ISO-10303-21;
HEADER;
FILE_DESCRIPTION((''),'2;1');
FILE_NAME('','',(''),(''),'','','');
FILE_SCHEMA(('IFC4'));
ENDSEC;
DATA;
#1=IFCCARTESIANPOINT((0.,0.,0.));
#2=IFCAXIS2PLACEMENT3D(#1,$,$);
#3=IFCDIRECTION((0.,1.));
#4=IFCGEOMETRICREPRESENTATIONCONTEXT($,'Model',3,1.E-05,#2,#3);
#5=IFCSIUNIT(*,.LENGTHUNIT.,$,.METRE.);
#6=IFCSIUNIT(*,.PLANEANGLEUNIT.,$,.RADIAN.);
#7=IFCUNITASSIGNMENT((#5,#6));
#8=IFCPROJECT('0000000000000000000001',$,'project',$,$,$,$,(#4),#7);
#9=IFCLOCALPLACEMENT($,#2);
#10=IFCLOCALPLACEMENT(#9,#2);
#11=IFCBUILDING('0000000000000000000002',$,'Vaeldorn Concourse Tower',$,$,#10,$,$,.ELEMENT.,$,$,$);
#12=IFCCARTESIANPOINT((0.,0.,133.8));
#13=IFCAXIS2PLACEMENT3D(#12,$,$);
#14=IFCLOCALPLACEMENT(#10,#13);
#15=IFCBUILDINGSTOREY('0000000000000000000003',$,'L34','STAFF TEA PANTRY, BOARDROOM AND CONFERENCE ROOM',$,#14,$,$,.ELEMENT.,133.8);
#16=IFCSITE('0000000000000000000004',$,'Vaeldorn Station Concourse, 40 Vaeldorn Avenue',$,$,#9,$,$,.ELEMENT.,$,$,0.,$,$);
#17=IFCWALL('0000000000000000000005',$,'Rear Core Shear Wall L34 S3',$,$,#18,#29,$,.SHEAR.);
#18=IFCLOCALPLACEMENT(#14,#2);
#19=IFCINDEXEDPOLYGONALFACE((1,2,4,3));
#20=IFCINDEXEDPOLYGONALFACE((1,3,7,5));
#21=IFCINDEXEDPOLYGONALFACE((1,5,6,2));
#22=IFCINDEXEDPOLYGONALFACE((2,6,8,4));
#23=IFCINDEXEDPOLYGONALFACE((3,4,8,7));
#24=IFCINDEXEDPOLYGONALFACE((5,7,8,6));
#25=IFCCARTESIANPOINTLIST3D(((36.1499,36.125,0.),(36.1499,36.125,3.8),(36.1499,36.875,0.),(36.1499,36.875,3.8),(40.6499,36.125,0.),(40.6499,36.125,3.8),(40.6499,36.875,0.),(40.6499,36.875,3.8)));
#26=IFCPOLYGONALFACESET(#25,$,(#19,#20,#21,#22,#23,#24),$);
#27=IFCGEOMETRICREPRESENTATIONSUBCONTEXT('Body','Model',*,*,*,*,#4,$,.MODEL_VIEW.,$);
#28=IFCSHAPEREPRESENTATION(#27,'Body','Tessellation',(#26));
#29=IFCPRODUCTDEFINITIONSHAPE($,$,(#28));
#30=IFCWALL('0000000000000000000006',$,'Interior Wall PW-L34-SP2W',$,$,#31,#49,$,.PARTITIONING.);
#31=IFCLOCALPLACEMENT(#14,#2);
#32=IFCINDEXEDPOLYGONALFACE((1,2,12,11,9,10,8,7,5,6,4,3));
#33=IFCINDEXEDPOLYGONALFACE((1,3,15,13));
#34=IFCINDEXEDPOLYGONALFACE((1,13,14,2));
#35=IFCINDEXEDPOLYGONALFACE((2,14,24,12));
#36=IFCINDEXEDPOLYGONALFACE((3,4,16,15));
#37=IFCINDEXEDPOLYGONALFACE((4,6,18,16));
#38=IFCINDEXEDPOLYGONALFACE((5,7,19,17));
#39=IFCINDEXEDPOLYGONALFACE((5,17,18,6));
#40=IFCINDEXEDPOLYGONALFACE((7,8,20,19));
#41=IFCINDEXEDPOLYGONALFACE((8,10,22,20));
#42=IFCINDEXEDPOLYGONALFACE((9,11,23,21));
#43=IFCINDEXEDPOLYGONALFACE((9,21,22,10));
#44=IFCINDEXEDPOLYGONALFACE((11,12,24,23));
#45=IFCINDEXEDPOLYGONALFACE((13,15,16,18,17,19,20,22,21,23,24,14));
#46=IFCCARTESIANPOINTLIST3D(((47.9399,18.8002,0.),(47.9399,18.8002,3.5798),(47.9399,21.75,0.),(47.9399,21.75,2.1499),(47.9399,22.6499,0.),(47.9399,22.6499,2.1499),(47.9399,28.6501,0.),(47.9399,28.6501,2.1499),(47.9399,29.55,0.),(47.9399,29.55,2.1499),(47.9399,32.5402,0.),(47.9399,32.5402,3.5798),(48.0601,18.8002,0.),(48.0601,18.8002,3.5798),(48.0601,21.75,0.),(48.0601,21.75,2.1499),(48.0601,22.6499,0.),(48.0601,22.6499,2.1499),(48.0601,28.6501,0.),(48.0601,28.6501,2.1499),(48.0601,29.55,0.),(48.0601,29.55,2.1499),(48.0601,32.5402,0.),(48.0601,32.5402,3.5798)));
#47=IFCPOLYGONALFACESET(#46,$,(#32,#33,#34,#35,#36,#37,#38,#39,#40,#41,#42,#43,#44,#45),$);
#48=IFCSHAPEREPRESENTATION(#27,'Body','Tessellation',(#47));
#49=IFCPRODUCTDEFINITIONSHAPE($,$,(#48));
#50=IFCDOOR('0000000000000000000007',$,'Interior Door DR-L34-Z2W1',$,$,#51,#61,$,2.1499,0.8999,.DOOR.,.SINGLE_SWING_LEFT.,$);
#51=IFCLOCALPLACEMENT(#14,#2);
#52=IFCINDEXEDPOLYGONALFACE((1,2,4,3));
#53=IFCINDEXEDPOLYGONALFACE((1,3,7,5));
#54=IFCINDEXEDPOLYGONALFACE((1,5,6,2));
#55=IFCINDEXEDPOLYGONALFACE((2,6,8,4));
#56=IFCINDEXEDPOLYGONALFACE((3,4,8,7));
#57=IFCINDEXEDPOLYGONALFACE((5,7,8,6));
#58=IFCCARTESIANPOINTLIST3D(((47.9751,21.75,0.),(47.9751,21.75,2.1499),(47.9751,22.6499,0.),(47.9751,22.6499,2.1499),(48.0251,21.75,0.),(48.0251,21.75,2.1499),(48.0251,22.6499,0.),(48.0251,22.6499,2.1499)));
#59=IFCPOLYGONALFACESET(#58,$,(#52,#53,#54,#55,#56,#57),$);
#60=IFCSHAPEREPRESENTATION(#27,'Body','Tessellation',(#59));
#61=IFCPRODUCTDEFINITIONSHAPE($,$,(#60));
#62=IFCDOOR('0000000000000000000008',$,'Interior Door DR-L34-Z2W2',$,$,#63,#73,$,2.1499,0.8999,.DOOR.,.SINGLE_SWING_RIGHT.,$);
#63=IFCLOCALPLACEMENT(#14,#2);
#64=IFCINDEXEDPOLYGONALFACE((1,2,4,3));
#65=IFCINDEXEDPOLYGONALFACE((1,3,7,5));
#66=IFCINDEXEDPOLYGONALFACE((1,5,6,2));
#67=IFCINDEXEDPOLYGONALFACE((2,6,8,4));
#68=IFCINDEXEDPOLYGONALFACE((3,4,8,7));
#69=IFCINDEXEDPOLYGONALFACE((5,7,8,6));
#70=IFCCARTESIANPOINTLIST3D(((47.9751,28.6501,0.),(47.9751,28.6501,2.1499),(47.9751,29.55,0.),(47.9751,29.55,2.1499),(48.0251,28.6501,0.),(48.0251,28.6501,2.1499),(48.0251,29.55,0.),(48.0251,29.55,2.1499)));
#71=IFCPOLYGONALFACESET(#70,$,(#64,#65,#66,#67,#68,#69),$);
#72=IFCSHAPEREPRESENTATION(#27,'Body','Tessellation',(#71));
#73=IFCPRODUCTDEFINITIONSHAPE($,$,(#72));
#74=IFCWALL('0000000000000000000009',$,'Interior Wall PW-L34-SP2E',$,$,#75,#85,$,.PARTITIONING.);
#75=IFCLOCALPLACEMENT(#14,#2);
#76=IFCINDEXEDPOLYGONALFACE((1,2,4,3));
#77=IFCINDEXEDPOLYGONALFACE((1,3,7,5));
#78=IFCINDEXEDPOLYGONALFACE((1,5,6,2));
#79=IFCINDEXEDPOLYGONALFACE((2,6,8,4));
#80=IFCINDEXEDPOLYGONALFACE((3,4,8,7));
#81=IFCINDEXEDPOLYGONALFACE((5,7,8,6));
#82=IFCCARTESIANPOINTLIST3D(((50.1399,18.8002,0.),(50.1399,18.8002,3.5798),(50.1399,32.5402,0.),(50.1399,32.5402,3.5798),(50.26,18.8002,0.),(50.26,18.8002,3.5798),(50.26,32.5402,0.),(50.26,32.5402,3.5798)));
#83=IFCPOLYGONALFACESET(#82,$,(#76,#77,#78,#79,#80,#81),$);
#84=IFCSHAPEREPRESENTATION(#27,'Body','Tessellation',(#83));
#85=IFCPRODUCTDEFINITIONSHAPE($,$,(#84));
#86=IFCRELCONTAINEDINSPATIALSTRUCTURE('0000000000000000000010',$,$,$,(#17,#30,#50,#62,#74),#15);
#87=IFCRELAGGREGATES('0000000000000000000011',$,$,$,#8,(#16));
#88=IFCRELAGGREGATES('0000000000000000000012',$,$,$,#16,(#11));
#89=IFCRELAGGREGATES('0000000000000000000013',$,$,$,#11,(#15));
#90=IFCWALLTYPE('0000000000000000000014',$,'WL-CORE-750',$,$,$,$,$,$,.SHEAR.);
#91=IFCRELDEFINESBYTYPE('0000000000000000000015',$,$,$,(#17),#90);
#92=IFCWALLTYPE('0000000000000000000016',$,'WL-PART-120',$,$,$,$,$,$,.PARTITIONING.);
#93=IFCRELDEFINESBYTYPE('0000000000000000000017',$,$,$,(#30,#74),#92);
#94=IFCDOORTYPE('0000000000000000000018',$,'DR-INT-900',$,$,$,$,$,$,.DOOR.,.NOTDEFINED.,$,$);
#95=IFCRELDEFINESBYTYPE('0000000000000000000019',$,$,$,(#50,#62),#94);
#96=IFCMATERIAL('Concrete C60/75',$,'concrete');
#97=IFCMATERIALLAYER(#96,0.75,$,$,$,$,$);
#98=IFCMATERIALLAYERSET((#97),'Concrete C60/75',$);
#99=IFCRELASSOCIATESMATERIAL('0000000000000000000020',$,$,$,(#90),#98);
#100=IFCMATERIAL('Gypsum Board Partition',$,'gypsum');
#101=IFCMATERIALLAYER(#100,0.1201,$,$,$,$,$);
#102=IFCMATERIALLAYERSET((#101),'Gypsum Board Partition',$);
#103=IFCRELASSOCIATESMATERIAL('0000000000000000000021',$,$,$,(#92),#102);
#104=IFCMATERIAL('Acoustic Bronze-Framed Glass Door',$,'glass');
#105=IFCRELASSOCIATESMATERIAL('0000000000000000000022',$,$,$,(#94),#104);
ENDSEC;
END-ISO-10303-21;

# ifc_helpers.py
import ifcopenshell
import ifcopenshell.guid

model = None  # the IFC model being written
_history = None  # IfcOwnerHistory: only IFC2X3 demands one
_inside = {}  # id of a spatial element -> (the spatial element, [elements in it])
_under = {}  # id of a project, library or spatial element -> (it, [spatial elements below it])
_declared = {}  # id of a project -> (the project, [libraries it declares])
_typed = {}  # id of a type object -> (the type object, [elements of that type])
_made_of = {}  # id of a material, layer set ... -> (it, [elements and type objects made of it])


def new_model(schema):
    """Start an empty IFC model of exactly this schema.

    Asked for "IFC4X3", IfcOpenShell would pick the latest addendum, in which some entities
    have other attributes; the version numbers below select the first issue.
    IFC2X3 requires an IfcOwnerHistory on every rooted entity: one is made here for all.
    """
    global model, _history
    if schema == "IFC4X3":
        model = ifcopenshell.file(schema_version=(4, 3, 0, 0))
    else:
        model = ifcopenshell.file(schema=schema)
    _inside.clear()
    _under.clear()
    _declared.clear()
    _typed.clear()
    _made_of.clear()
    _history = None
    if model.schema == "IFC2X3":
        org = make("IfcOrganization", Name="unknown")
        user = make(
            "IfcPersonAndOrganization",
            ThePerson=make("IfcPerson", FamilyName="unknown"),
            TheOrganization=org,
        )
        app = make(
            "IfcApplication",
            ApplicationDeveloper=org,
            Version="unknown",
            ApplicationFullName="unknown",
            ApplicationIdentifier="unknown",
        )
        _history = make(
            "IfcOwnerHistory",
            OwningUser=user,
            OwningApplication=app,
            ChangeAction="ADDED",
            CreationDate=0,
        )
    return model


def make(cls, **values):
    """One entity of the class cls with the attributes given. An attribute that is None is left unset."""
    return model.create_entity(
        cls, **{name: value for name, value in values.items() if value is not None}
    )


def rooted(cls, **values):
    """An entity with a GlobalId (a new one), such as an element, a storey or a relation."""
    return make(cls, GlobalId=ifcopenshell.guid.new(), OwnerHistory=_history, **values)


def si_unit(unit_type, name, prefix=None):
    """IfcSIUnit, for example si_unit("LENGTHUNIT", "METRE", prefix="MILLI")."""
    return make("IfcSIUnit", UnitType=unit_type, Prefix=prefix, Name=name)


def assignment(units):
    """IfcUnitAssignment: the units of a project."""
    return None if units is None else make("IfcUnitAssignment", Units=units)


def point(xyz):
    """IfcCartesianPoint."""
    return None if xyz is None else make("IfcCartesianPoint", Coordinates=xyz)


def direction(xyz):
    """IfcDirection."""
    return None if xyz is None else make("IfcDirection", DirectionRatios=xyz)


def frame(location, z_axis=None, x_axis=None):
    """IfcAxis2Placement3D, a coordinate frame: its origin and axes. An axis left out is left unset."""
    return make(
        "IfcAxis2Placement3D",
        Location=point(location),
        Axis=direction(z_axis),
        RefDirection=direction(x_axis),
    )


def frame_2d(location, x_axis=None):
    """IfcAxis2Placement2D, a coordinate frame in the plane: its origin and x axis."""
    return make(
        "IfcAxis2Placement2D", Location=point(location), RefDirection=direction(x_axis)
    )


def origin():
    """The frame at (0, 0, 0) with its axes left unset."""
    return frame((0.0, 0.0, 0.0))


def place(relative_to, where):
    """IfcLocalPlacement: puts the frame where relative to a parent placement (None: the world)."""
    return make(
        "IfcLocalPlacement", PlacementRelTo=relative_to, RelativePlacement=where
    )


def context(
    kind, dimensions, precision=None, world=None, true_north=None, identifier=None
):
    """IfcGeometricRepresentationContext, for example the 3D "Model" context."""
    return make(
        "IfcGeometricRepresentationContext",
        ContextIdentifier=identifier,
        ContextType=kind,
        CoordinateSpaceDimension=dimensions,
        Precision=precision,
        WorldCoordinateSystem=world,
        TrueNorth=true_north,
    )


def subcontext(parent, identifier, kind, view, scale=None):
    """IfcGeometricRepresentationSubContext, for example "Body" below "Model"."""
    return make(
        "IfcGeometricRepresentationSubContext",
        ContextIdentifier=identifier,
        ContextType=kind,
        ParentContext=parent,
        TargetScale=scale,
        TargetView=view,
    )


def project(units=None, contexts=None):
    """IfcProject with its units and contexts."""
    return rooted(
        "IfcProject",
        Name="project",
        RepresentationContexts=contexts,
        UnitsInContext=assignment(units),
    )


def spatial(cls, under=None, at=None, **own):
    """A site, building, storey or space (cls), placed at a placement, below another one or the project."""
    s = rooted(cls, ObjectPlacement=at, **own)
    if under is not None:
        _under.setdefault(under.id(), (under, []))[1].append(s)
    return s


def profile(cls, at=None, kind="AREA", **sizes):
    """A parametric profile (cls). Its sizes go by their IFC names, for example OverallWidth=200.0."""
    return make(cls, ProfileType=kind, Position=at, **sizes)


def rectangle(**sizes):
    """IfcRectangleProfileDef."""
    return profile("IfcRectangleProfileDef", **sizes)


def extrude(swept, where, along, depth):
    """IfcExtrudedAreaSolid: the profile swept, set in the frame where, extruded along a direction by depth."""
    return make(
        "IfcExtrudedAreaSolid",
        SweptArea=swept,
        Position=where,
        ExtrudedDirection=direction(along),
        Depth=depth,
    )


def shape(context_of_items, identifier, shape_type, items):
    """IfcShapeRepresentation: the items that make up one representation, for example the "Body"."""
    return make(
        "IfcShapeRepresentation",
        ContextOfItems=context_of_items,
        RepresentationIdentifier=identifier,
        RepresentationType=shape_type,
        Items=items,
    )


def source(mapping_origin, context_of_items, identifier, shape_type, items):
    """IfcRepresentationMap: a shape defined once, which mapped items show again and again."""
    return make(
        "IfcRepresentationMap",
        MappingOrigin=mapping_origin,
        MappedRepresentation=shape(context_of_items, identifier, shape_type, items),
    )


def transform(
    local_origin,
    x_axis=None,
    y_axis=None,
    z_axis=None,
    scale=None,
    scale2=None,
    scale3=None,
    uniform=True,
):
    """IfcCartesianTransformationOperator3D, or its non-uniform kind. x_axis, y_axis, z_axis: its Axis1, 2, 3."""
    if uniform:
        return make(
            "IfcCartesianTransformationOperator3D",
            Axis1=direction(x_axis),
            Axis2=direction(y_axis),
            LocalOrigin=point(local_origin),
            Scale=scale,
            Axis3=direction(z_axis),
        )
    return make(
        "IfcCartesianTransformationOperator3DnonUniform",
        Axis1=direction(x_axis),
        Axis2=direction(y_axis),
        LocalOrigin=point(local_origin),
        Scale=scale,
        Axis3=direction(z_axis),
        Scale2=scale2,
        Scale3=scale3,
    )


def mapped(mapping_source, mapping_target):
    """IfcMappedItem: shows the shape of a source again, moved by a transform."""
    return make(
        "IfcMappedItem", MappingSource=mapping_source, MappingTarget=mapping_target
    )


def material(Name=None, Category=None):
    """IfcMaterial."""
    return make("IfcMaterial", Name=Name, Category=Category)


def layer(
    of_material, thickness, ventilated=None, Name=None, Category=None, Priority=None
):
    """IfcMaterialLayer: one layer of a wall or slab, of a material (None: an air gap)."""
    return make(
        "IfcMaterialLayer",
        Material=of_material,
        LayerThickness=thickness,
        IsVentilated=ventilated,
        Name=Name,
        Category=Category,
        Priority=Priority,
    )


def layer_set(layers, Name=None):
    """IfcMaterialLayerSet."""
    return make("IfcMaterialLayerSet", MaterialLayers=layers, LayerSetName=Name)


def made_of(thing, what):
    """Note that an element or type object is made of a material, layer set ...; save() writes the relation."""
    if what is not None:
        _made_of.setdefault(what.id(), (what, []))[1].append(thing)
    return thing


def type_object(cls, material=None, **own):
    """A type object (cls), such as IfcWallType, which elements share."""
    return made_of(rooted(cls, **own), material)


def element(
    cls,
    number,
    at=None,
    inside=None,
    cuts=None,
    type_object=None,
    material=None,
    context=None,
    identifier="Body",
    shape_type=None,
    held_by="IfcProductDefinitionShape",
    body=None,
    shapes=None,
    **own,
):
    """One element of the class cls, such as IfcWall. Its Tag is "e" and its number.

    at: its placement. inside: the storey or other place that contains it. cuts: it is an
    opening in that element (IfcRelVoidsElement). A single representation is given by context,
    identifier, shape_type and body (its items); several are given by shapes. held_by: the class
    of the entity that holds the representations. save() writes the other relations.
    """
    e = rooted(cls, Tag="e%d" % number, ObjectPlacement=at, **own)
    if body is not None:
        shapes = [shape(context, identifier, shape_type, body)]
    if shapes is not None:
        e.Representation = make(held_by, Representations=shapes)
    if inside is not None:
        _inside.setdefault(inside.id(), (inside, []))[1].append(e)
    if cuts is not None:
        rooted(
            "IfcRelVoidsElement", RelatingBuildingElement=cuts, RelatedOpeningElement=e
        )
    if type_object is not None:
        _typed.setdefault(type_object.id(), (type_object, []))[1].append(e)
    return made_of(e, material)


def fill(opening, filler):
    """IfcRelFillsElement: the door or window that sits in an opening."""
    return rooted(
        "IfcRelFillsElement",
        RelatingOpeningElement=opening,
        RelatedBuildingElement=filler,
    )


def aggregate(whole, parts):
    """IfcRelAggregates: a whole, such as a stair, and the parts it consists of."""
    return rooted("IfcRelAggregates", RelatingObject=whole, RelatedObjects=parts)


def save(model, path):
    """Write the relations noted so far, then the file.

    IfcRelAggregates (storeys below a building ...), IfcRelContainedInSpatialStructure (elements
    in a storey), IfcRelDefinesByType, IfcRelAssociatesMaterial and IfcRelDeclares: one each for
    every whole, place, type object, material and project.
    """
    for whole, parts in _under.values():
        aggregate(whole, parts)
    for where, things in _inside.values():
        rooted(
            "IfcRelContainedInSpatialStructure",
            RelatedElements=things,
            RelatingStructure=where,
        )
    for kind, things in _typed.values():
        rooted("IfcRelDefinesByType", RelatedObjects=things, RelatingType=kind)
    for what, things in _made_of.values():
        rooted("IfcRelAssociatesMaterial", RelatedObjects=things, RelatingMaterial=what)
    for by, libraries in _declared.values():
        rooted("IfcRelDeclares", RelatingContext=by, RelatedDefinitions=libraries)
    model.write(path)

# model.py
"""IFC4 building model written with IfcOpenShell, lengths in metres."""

from ifc_helpers import new_model, si_unit, direction, frame, frame_2d, origin, place, context, subcontext, project, spatial, rectangle, extrude, source, transform, mapped, material, layer, layer_set, type_object, element, fill, save


model = new_model("IFC4")

# Units and contexts
model_context = context("Model", 3, precision=1e-05, world=origin(), true_north=direction((0.0, 1.0)))
body_context = subcontext(model_context, "Body", "Model", "MODEL_VIEW")
ifc_project = project(units=[si_unit("LENGTHUNIT", "METRE"), si_unit("PLANEANGLEUNIT", "RADIAN")], contexts=[model_context])

# Site, building, storey
site_placement = place(None, origin())
site = spatial("IfcSite", under=ifc_project, at=site_placement, Name="Vaeldorn Station Concourse, 40 Vaeldorn Avenue", CompositionType="ELEMENT", RefElevation=0.0)
building_placement = place(site_placement, origin())
building = spatial("IfcBuilding", under=site, at=building_placement, Name="Vaeldorn Concourse Tower", CompositionType="ELEMENT")
storey_placement = place(building_placement, frame((0.0, 0.0, 133.8)))
storey = spatial("IfcBuildingStorey", under=building, at=storey_placement, Name="L34", Description="STAFF TEA PANTRY, BOARDROOM AND CONFERENCE ROOM", CompositionType="ELEMENT", Elevation=133.8)

# Wall
ifc_material_1 = material(Name="Concrete C60/75", Category="concrete")
ifc_layer_1 = layer(ifc_material_1, 0.75)
ifc_layer_set_1 = layer_set([ifc_layer_1], Name="Concrete C60/75")
wall_type_1 = type_object("IfcWallType", Name="WL-CORE-750", PredefinedType="SHEAR", material=ifc_layer_set_1)
wall_1_placement = place(storey_placement, frame((36.1499, 36.5, 0.0), z_axis=(0.0, 0.0, 1.0), x_axis=(1.0, 0.0, 0.0)))
element("IfcWall", 1, at=wall_1_placement, inside=storey, type_object=wall_type_1, Name="Rear Core Shear Wall L34 S3", PredefinedType="SHEAR", context=body_context, shape_type="SweptSolid", body=[
    extrude(rectangle(XDim=4.5, YDim=0.75, at=frame_2d((2.25, 0.0))), origin(), (0.0, 0.0, 1.0), 3.8),
])

# Wall, openings, doors
ifc_material_2 = material(Name="Gypsum Board Partition", Category="gypsum")
ifc_layer_2 = layer(ifc_material_2, 0.1201)
ifc_layer_set_2 = layer_set([ifc_layer_2], Name="Gypsum Board Partition")
wall_type_2 = type_object("IfcWallType", Name="WL-PART-120", PredefinedType="PARTITIONING", material=ifc_layer_set_2)
wall_2_placement = place(storey_placement, frame((48.0, 18.8, 0.0), z_axis=(0.0, 0.0, 1.0), x_axis=(0.0, 1.0, 0.0)))
wall_2 = element("IfcWall", 2, at=wall_2_placement, inside=storey, type_object=wall_type_2, Name="Interior Wall PW-L34-SP2W", PredefinedType="PARTITIONING", context=body_context, shape_type="SweptSolid", body=[
    extrude(rectangle(XDim=13.74, YDim=0.1201, at=frame_2d((6.8701, 0.0))), origin(), (0.0, 0.0, 1.0), 3.5798),
])
opening_1_placement = place(wall_2_placement, frame((2.95, 0.0, 0.0)))
opening_1 = element("IfcOpeningElement", 3, at=opening_1_placement, cuts=wall_2, PredefinedType="OPENING", context=body_context, shape_type="SweptSolid", body=[
    extrude(rectangle(XDim=0.8999, YDim=2.1499, at=frame_2d((0.45, 1.075))), frame((0.0, 0.0701, 0.0), z_axis=(0.0, -1.0, 0.0), x_axis=(1.0, 0.0, 0.0)), (0.0, 0.0, 1.0), 0.1401),
])
opening_2_placement = place(wall_2_placement, frame((9.8501, 0.0, 0.0)))
opening_2 = element("IfcOpeningElement", 4, at=opening_2_placement, cuts=wall_2, PredefinedType="OPENING", context=body_context, shape_type="SweptSolid", body=[
    extrude(rectangle(XDim=0.8999, YDim=2.1499, at=frame_2d((0.45, 1.075))), frame((0.0, 0.0701, 0.0), z_axis=(0.0, -1.0, 0.0), x_axis=(1.0, 0.0, 0.0)), (0.0, 0.0, 1.0), 0.1401),
])
ifc_material_3 = material(Name="Acoustic Bronze-Framed Glass Door", Category="glass")
door_type = type_object("IfcDoorType", Name="DR-INT-900", OperationType="NOTDEFINED", PredefinedType="DOOR", material=ifc_material_3)
shared_shape_1 = source(origin(), body_context, "Body", "SweptSolid", [
    extrude(rectangle(XDim=0.8999, YDim=2.1499, at=frame_2d((0.45, 1.075))), frame((0.0, 0.0249, 0.0), z_axis=(0.0, -1.0, 0.0), x_axis=(1.0, 0.0, 0.0)), (0.0, 0.0, 1.0), 0.05),
])
door_1_placement = place(opening_1_placement, origin())
door_1 = element("IfcDoor", 5, at=door_1_placement, inside=storey, type_object=door_type, Name="Interior Door DR-L34-Z2W1", OperationType="SINGLE_SWING_LEFT", OverallHeight=2.1499, OverallWidth=0.8999, PredefinedType="DOOR", context=body_context, shape_type="MappedRepresentation", body=[
    mapped(shared_shape_1, transform((0.0, 0.0, 0.0), scale=1.0)),
])
fill(opening_1, door_1)
door_2_placement = place(opening_2_placement, origin())
door_2 = element("IfcDoor", 6, at=door_2_placement, inside=storey, type_object=door_type, Name="Interior Door DR-L34-Z2W2", OperationType="SINGLE_SWING_RIGHT", OverallHeight=2.1499, OverallWidth=0.8999, PredefinedType="DOOR", context=body_context, shape_type="MappedRepresentation", body=[
    mapped(shared_shape_1, transform((0.0, 0.0, 0.0), scale=1.0)),
])
fill(opening_2, door_2)

# Wall
wall_3_placement = place(storey_placement, frame((50.2, 18.8, 0.0), z_axis=(0.0, 0.0, 1.0), x_axis=(0.0, 1.0, 0.0)))
element("IfcWall", 7, at=wall_3_placement, inside=storey, type_object=wall_type_2, Name="Interior Wall PW-L34-SP2E", PredefinedType="PARTITIONING", context=body_context, shape_type="SweptSolid", body=[
    extrude(rectangle(XDim=13.74, YDim=0.1201, at=frame_2d((6.8701, 0.0))), origin(), (0.0, 0.0, 1.0), 3.5798),
])

save(model, "model.ifc")
